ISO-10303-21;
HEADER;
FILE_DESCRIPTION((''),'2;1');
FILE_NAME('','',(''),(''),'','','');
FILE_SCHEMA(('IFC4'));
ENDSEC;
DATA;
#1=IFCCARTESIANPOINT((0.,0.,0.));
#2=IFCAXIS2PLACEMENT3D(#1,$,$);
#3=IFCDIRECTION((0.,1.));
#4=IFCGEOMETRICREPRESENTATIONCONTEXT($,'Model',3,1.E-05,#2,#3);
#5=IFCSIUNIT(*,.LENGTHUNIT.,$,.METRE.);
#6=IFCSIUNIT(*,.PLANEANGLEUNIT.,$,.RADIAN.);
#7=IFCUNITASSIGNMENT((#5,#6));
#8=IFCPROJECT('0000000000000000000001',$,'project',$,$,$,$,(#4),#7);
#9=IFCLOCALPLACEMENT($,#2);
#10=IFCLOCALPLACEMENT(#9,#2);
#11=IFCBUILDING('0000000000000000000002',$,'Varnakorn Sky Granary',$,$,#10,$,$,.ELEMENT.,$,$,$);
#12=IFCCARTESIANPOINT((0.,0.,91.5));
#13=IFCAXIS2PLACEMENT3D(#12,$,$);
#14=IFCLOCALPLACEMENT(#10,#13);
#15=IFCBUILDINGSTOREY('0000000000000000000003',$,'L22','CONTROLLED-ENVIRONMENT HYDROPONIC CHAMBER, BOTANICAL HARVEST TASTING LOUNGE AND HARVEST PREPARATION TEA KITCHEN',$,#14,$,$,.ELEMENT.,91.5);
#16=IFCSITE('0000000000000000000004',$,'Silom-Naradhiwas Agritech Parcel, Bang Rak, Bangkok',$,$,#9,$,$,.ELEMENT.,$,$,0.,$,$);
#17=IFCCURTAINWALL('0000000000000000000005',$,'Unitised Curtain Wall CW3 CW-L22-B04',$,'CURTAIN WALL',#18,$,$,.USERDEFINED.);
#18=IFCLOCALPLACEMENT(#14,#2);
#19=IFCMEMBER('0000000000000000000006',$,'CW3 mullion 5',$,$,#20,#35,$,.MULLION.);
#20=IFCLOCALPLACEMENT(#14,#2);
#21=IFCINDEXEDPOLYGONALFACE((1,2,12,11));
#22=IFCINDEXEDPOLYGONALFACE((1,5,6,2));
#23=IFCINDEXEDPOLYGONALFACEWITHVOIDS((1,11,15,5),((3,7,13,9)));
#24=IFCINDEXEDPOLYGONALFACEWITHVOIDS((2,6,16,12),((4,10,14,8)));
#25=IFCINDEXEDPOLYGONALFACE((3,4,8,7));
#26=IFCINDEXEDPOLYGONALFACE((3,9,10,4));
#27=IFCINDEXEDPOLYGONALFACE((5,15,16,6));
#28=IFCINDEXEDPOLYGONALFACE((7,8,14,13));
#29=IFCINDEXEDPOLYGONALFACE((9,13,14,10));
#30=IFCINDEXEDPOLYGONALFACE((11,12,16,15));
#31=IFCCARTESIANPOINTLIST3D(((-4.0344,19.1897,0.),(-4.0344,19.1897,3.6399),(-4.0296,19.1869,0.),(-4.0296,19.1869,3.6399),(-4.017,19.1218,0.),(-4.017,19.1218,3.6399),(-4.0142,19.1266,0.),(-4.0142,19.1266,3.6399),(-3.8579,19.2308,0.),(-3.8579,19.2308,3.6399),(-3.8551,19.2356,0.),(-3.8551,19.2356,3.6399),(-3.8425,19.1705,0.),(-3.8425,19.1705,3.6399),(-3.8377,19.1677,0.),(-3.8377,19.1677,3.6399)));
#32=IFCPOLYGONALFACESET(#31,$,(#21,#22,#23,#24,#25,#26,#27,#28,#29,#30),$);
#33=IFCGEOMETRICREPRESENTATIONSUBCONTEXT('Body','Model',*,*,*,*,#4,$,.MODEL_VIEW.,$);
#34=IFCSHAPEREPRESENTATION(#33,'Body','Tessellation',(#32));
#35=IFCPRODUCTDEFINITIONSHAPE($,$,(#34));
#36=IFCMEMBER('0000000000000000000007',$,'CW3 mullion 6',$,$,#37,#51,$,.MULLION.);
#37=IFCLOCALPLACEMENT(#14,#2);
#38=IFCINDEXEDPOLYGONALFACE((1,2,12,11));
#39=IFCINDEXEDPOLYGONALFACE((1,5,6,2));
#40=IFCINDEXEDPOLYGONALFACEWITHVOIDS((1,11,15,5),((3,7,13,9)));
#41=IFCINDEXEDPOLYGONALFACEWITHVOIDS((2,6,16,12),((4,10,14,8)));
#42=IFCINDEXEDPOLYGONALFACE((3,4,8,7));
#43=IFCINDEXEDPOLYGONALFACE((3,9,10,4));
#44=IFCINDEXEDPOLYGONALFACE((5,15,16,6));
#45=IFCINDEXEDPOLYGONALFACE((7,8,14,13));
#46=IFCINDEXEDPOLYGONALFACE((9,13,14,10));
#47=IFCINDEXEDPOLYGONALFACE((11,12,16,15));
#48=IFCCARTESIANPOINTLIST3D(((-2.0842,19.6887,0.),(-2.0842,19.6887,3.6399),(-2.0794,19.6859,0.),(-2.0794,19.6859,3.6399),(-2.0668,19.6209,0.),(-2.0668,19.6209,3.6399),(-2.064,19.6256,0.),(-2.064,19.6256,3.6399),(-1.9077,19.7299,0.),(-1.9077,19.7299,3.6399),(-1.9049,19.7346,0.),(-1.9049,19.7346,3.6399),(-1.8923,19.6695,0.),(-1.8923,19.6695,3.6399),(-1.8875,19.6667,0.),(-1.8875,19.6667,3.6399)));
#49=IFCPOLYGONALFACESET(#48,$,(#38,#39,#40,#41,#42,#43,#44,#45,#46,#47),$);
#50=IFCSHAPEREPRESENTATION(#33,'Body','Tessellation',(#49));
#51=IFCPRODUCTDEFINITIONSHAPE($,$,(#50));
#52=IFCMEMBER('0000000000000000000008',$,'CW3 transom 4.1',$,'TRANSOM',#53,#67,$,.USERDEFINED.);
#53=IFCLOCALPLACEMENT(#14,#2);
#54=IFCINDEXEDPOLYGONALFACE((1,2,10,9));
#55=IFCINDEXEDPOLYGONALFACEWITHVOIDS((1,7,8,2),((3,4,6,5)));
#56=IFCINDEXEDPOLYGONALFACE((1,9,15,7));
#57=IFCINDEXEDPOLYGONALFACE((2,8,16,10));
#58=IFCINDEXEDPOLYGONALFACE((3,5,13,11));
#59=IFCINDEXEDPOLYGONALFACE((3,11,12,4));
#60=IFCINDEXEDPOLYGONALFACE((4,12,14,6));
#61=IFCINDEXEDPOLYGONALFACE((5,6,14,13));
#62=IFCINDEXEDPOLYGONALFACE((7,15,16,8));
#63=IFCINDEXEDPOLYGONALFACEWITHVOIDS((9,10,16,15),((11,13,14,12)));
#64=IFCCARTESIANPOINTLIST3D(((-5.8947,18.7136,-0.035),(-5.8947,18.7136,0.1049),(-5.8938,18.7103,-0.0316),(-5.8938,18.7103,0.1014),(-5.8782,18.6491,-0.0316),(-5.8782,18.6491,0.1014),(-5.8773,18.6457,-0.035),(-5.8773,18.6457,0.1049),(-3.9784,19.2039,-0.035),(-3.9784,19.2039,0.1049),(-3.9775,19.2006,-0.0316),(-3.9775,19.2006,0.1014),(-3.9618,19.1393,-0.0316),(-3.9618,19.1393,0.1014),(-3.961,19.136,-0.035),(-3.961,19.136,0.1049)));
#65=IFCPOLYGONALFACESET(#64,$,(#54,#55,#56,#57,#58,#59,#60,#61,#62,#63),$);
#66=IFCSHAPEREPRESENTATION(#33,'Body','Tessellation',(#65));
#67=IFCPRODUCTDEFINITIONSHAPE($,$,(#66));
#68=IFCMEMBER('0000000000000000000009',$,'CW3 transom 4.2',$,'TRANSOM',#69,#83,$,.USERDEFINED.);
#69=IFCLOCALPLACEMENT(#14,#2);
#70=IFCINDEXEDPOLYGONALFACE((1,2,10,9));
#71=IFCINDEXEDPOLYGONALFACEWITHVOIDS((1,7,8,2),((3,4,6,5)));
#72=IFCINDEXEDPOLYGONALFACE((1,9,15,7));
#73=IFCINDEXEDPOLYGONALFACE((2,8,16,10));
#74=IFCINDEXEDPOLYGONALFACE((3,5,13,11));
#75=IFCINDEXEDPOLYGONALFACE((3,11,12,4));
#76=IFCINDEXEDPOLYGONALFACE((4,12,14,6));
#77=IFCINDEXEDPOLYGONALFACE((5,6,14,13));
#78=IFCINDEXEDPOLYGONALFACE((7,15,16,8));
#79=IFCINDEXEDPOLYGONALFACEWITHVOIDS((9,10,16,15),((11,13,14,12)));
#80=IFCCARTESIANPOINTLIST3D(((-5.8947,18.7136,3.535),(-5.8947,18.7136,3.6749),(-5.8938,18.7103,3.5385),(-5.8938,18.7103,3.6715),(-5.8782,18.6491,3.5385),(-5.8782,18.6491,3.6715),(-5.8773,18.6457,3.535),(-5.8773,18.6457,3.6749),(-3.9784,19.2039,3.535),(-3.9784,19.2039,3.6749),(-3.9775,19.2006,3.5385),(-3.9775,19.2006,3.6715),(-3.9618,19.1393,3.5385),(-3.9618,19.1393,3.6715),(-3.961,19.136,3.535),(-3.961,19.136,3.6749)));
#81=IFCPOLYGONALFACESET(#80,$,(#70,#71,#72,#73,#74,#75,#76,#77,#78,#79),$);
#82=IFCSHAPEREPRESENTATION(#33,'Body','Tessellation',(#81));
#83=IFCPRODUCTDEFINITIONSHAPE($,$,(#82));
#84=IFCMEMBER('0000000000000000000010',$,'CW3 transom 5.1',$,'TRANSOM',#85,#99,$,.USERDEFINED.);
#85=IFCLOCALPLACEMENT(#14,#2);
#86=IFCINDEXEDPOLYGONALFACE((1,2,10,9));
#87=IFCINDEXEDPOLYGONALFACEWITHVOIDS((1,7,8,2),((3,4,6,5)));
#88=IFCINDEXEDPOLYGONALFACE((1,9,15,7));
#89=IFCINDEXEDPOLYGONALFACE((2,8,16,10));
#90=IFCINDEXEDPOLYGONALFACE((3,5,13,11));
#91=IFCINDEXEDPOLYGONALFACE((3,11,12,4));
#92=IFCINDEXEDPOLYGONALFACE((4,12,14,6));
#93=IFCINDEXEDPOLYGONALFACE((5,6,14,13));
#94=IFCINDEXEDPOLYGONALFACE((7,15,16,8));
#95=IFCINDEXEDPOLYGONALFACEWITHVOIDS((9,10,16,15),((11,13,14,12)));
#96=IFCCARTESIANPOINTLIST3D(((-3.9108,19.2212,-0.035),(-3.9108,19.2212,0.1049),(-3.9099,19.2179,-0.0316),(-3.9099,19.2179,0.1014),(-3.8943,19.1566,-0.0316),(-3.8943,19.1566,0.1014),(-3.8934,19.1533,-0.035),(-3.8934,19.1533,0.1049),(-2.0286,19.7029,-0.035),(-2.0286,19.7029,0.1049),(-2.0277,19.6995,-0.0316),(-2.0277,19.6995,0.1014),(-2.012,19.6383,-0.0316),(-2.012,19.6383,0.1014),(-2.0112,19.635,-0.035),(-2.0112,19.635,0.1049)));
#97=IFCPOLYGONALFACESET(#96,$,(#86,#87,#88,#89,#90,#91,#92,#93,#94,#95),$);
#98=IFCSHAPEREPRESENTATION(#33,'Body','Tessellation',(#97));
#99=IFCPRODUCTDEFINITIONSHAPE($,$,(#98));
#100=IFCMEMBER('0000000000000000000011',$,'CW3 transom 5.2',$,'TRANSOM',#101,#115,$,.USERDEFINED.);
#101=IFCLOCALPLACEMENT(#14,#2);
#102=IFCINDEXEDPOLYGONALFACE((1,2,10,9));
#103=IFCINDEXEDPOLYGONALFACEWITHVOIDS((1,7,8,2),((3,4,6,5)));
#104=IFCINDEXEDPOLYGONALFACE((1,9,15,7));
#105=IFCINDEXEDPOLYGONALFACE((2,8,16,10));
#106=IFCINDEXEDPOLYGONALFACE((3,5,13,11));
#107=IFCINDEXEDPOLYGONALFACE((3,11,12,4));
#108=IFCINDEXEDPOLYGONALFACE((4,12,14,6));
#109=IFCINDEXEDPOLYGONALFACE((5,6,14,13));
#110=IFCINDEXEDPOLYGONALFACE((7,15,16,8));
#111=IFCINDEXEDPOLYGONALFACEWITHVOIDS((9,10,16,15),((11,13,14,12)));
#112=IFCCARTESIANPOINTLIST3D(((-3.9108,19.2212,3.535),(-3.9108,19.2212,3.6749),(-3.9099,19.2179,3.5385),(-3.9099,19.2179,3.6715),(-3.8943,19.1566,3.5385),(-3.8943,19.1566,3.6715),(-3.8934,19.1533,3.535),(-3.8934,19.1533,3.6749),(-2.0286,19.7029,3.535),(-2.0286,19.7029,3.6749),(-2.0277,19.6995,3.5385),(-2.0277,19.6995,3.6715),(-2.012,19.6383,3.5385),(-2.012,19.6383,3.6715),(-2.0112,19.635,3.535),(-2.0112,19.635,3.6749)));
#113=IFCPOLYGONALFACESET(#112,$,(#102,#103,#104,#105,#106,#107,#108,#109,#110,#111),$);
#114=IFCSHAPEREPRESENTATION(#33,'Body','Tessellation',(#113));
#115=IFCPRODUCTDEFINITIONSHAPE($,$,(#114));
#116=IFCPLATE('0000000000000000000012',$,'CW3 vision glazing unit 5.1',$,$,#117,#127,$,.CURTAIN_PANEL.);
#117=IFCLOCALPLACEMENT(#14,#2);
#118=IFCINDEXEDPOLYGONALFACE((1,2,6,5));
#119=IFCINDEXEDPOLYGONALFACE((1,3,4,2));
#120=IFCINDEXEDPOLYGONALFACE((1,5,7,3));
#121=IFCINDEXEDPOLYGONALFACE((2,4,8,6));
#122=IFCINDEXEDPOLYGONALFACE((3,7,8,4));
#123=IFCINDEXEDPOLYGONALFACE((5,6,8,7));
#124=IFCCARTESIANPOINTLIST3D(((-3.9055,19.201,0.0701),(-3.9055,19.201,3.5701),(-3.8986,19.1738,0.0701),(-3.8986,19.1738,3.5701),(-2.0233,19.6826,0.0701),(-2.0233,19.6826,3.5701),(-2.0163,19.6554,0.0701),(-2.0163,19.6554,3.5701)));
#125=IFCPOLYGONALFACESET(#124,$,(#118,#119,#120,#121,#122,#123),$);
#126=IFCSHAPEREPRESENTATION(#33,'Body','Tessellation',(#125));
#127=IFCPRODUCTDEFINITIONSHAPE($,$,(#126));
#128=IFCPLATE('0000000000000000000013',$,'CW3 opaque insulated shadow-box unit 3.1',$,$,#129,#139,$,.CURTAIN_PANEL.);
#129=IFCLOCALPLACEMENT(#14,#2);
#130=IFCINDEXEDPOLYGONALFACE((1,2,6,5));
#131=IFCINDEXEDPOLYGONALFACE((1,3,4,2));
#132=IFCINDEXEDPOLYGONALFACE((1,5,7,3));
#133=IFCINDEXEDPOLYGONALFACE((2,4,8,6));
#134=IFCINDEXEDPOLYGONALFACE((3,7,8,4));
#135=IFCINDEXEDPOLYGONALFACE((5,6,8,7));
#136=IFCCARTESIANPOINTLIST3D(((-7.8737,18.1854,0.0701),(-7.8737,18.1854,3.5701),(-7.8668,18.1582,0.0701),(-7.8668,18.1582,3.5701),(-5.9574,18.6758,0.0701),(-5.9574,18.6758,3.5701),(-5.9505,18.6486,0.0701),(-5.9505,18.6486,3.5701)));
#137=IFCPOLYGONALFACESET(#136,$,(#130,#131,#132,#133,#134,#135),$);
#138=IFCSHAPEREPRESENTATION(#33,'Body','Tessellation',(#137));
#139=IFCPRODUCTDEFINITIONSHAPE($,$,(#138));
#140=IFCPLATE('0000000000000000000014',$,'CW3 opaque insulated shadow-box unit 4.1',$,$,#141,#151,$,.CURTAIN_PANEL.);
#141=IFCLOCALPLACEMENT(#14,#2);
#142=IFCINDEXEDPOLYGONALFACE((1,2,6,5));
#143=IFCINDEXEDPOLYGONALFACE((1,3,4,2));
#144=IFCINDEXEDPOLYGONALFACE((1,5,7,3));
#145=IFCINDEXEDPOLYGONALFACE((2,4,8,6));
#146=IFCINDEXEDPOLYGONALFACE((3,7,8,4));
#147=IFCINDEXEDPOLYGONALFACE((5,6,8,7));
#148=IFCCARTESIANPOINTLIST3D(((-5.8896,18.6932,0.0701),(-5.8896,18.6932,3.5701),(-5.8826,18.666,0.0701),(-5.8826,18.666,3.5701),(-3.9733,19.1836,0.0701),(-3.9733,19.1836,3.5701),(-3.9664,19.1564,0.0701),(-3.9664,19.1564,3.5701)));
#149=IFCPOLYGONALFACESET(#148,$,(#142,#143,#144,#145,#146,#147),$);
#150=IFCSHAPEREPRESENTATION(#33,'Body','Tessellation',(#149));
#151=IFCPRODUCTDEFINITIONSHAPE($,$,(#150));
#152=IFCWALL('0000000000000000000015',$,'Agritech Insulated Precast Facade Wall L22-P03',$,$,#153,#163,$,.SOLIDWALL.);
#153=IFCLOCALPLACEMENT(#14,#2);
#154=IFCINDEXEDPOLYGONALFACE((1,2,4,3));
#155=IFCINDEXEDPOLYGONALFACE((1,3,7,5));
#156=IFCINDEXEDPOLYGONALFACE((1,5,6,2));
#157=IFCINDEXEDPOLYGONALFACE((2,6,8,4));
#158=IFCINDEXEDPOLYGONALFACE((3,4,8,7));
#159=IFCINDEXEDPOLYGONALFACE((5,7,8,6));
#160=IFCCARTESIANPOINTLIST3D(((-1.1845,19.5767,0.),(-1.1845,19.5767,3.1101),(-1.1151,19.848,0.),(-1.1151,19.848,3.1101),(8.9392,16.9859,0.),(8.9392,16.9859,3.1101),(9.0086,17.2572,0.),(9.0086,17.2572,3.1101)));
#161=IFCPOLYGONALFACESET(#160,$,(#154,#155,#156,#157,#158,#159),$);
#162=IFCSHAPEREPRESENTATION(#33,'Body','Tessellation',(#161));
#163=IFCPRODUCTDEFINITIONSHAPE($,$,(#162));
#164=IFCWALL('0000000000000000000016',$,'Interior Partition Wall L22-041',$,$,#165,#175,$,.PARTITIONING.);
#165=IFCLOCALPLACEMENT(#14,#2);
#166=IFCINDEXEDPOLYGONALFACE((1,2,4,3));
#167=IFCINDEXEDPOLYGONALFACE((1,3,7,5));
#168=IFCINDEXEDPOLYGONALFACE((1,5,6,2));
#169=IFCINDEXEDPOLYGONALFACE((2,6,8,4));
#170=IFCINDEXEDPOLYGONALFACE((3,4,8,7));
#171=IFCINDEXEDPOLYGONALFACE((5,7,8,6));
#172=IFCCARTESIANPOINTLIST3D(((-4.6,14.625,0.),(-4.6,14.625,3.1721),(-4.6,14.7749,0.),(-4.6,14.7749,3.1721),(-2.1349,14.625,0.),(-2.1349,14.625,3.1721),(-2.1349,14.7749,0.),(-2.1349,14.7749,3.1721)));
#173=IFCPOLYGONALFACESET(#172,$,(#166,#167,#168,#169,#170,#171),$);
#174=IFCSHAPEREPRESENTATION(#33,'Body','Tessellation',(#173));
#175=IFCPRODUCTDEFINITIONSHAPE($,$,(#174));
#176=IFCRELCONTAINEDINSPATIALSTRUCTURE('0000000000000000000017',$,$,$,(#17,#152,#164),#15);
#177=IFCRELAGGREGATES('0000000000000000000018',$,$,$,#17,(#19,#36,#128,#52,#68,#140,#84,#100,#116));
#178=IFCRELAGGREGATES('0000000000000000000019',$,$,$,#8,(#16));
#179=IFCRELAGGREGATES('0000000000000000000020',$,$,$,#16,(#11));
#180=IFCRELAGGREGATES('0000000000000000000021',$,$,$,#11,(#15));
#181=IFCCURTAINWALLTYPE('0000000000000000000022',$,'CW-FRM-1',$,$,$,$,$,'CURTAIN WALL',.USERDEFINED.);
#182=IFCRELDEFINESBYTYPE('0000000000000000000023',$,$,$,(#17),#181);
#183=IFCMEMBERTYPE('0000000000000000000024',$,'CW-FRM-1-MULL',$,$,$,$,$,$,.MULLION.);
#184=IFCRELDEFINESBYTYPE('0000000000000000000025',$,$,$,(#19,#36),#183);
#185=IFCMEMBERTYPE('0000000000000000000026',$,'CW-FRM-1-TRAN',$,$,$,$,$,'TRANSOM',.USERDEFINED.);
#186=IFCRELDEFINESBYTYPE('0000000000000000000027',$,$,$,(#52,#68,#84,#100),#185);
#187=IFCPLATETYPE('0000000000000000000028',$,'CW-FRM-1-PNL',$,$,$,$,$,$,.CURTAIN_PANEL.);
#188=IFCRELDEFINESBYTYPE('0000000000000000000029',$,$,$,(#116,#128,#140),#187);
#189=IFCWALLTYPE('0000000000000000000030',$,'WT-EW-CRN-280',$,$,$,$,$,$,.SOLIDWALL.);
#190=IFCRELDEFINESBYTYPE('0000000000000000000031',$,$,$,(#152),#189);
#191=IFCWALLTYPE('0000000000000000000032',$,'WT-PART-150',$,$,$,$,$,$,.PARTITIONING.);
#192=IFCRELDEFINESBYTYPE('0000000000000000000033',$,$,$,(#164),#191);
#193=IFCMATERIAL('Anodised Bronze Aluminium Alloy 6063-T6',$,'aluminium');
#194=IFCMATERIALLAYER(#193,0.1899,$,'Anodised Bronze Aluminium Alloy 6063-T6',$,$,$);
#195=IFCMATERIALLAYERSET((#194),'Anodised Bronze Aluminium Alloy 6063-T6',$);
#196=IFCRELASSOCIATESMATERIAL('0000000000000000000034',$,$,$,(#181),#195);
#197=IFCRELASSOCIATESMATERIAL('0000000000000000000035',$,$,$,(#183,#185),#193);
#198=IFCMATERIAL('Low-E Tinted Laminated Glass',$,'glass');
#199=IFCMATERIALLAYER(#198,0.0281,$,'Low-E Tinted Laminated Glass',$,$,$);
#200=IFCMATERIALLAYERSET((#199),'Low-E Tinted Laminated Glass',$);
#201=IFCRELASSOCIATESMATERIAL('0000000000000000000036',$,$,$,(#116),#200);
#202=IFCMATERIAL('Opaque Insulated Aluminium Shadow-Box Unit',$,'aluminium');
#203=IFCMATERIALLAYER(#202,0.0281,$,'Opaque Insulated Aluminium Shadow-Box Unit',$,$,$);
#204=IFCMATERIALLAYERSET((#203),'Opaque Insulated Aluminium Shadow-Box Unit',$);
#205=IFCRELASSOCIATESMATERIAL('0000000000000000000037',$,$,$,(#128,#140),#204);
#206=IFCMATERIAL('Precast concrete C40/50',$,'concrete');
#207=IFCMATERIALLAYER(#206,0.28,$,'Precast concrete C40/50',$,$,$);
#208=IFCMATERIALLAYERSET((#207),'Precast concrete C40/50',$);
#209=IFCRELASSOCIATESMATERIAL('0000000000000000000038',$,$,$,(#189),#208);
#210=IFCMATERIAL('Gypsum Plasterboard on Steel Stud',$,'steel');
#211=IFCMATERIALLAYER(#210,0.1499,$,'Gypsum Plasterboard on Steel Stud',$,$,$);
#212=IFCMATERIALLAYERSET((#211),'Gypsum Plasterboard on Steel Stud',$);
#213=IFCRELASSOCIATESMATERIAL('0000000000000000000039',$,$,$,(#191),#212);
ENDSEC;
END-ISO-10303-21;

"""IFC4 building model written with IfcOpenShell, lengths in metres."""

from ifc_helpers import new_model, si_unit, direction, frame, frame_2d, origin, origin_2d, place, context, subcontext, project, spatial, rectangle, hollow_rectangle, extrude, source, transform, mapped, material, layer, layer_set, material_profile, profile_set, type_object, type_shapes, element, aggregate, save


model = new_model("IFC4")

# Units and contexts
model_context = context("Model", 3, precision=1e-05, world=origin(), true_north=direction((0.0, 1.0)))
body_context = subcontext(model_context, "Body", "Model", "MODEL_VIEW")
ifc_project = project(units=[si_unit("LENGTHUNIT", "METRE"), si_unit("PLANEANGLEUNIT", "RADIAN")], contexts=[model_context])

# Site, building, storey
site_placement = place(None, origin())
site = spatial("IfcSite", under=ifc_project, at=site_placement, Name="Silom-Naradhiwas Agritech Parcel, Bang Rak, Bangkok", CompositionType="ELEMENT", RefElevation=0.0)
building_placement = place(site_placement, origin())
building = spatial("IfcBuilding", under=site, at=building_placement, Name="Varnakorn Sky Granary", CompositionType="ELEMENT")
storey_placement = place(building_placement, frame((0.0, 0.0, 91.5)))
storey = spatial("IfcBuildingStorey", under=building, at=storey_placement, Name="L22", Description="CONTROLLED-ENVIRONMENT HYDROPONIC CHAMBER, BOTANICAL HARVEST TASTING LOUNGE AND HARVEST PREPARATION TEA KITCHEN", CompositionType="ELEMENT", Elevation=91.5)

# Curtain wall, members, plates
ifc_material_1 = material(Name="Anodised Bronze Aluminium Alloy 6063-T6", Category="aluminium")
ifc_layer_1 = layer(ifc_material_1, 0.1899, Name="Anodised Bronze Aluminium Alloy 6063-T6")
ifc_layer_set_1 = layer_set([ifc_layer_1], Name="Anodised Bronze Aluminium Alloy 6063-T6")
curtain_wall_type = type_object("IfcCurtainWallType", Name="CW-FRM-1", ElementType="CURTAIN WALL", PredefinedType="USERDEFINED", material=ifc_layer_set_1)
curtain_wall_placement = place(storey_placement, origin())
curtain_wall = element("IfcCurtainWall", 1, at=curtain_wall_placement, inside=storey, type_object=curtain_wall_type, Name="Unitised Curtain Wall CW3 CW-L22-B04", ObjectType="CURTAIN WALL", PredefinedType="USERDEFINED")
ifc_material_profile_1 = material_profile(ifc_material_1, hollow_rectangle(XDim=0.0701, YDim=0.1851, WallThickness=0.0039, at=origin_2d()), Name="ALU MULL 70x185")
ifc_profile_set_1 = profile_set([ifc_material_profile_1], Name="Anodised Bronze Aluminium Alloy 6063-T6")
member_type_1 = type_object("IfcMemberType", Name="CW-FRM-1-MULL", PredefinedType="MULLION", material=ifc_profile_set_1)
member_1_placement = place(storey_placement, frame((-3.936, 19.1787, 0.0), z_axis=(0.0, 0.0, 1.0), x_axis=(-0.247904, 0.968785, 0.0)))
member_1 = element("IfcMember", 2, at=member_1_placement, type_object=member_type_1, Name="CW3 mullion 5", PredefinedType="MULLION", context=body_context, shape_type="SweptSolid", body=[
    extrude(hollow_rectangle(XDim=0.0701, YDim=0.1851, WallThickness=0.0039, at=origin_2d()), origin(), (0.0, 0.0, 1.0), 3.6399),
])
member_2_placement = place(storey_placement, frame((-1.9858, 19.6777, 0.0), z_axis=(0.0, 0.0, 1.0), x_axis=(-0.247904, 0.968785, 0.0)))
member_2 = element("IfcMember", 3, at=member_2_placement, type_object=member_type_1, Name="CW3 mullion 6", PredefinedType="MULLION", context=body_context, shape_type="SweptSolid", body=[
    extrude(hollow_rectangle(XDim=0.0701, YDim=0.1851, WallThickness=0.0039, at=origin_2d()), origin(), (0.0, 0.0, 1.0), 3.6399),
])
ifc_material_profile_2 = material_profile(ifc_material_1, hollow_rectangle(XDim=0.0701, YDim=0.1399, WallThickness=0.0034, at=origin_2d()), Name="ALU TRAN 70x140")
ifc_profile_set_2 = profile_set([ifc_material_profile_2], Name="Anodised Bronze Aluminium Alloy 6063-T6")
member_type_2 = type_object("IfcMemberType", Name="CW-FRM-1-TRAN", ElementType="TRANSOM", PredefinedType="USERDEFINED", material=ifc_profile_set_2)
member_3_placement = place(storey_placement, frame((-5.886, 18.6797, 0.0349), z_axis=(0.968799, 0.247847, 0.0), x_axis=(-0.247847, 0.968799, 0.0)))
member_3 = element("IfcMember", 4, at=member_3_placement, type_object=member_type_2, Name="CW3 transom 4.1", ObjectType="TRANSOM", PredefinedType="USERDEFINED", context=body_context, shape_type="SweptSolid", body=[
    extrude(hollow_rectangle(XDim=0.0701, YDim=0.1399, WallThickness=0.0034, at=origin_2d()), origin(), (0.0, 0.0, 1.0), 1.978),
])
member_4_placement = place(storey_placement, frame((-5.886, 18.6797, 3.605), z_axis=(0.968799, 0.247847, 0.0), x_axis=(-0.247847, 0.968799, 0.0)))
member_4 = element("IfcMember", 5, at=member_4_placement, type_object=member_type_2, Name="CW3 transom 4.2", ObjectType="TRANSOM", PredefinedType="USERDEFINED", context=body_context, shape_type="SweptSolid", body=[
    extrude(hollow_rectangle(XDim=0.0701, YDim=0.1399, WallThickness=0.0034, at=origin_2d()), origin(), (0.0, 0.0, 1.0), 1.978),
])
member_5_placement = place(storey_placement, frame((-3.9021, 19.1873, 0.0349), z_axis=(0.968782, 0.247913, 0.0), x_axis=(-0.247913, 0.968782, 0.0)))
member_5 = element("IfcMember", 6, at=member_5_placement, type_object=member_type_2, Name="CW3 transom 5.1", ObjectType="TRANSOM", PredefinedType="USERDEFINED", context=body_context, shape_type="SweptSolid", body=[
    extrude(hollow_rectangle(XDim=0.0701, YDim=0.1399, WallThickness=0.0034, at=origin_2d()), origin(), (0.0, 0.0, 1.0), 1.9429),
])
member_6_placement = place(storey_placement, frame((-3.9021, 19.1873, 3.605), z_axis=(0.968782, 0.247913, 0.0), x_axis=(-0.247913, 0.968782, 0.0)))
member_6 = element("IfcMember", 7, at=member_6_placement, type_object=member_type_2, Name="CW3 transom 5.2", ObjectType="TRANSOM", PredefinedType="USERDEFINED", context=body_context, shape_type="SweptSolid", body=[
    extrude(hollow_rectangle(XDim=0.0701, YDim=0.1399, WallThickness=0.0034, at=origin_2d()), origin(), (0.0, 0.0, 1.0), 1.9429),
])
ifc_material_2 = material(Name="Low-E Tinted Laminated Glass", Category="glass")
ifc_layer_2 = layer(ifc_material_2, 0.0281, Name="Low-E Tinted Laminated Glass")
ifc_layer_set_2 = layer_set([ifc_layer_2], Name="Low-E Tinted Laminated Glass")
plate_type = type_object("IfcPlateType", Name="CW-FRM-1-PNL", PredefinedType="CURTAIN_PANEL")
shared_shape_1 = source(origin(), body_context, "Body", "SweptSolid", [
    extrude(rectangle(XDim=1.9429, YDim=0.0281, at=origin_2d()), origin(), (0.0, 0.0, 1.0), 3.5),
])
plate_1_placement = place(storey_placement, frame((-2.9609, 19.4282, 0.0701), z_axis=(0.0, 0.0, 1.0), x_axis=(0.968785, 0.247904, 0.0)))
plate_1 = element("IfcPlate", 8, at=plate_1_placement, type_object=plate_type, material=ifc_layer_set_2, Name="CW3 vision glazing unit 5.1", PredefinedType="CURTAIN_PANEL", context=body_context, shape_type="MappedRepresentation", body=[
    mapped(shared_shape_1, transform((0.0, 0.0, 0.0), x_axis=(1.0, 0.0, 0.0), y_axis=(0.0, 1.0, 0.0), z_axis=(0.0, 0.0, 1.0), scale=1.0)),
])
ifc_material_3 = material(Name="Opaque Insulated Aluminium Shadow-Box Unit", Category="aluminium")
ifc_layer_3 = layer(ifc_material_3, 0.0281, Name="Opaque Insulated Aluminium Shadow-Box Unit")
ifc_layer_set_3 = layer_set([ifc_layer_3], Name="Opaque Insulated Aluminium Shadow-Box Unit")
shared_shape_2 = source(origin(), body_context, "Body", "SweptSolid", [
    extrude(rectangle(XDim=1.978, YDim=0.0281, at=origin_2d()), origin(), (0.0, 0.0, 1.0), 3.5),
])
type_shapes(plate_type, [shared_shape_1, shared_shape_2])
plate_2_placement = place(storey_placement, frame((-6.9121, 18.417, 0.0701), z_axis=(0.0, 0.0, 1.0), x_axis=(0.968785, 0.247904, 0.0)))
plate_2 = element("IfcPlate", 9, at=plate_2_placement, type_object=plate_type, material=ifc_layer_set_3, Name="CW3 opaque insulated shadow-box unit 3.1", PredefinedType="CURTAIN_PANEL", context=body_context, shape_type="MappedRepresentation", body=[
    mapped(shared_shape_2, transform((0.0, 0.0, 0.0), x_axis=(1.0, 0.0, 0.0), y_axis=(0.0, 1.0, 0.0), z_axis=(0.0, 0.0, 1.0), scale=1.0)),
])
plate_3_placement = place(storey_placement, frame((-4.928, 18.9248, 0.0701), z_axis=(0.0, 0.0, 1.0), x_axis=(0.968785, 0.247904, 0.0)))
plate_3 = element("IfcPlate", 10, at=plate_3_placement, type_object=plate_type, material=ifc_layer_set_3, Name="CW3 opaque insulated shadow-box unit 4.1", PredefinedType="CURTAIN_PANEL", context=body_context, shape_type="MappedRepresentation", body=[
    mapped(shared_shape_2, transform((0.0, 0.0, 0.0), x_axis=(1.0, 0.0, 0.0), y_axis=(0.0, 1.0, 0.0), z_axis=(0.0, 0.0, 1.0), scale=1.0)),
])
aggregate(curtain_wall, [member_1, member_2, plate_2, member_3, member_4, plate_3, member_5, member_6, plate_1])

# Walls
ifc_material_4 = material(Name="Precast concrete C40/50", Category="concrete")
ifc_layer_4 = layer(ifc_material_4, 0.28, Name="Precast concrete C40/50")
ifc_layer_set_4 = layer_set([ifc_layer_4], Name="Precast concrete C40/50")
wall_type_1 = type_object("IfcWallType", Name="WT-EW-CRN-280", PredefinedType="SOLIDWALL", material=ifc_layer_set_4)
wall_1_placement = place(storey_placement, frame((-1.1499, 19.7124, 0.0), z_axis=(0.0, 0.0, 1.0), x_axis=(0.968779, -0.247925, 0.0)))
element("IfcWall", 11, at=wall_1_placement, inside=storey, type_object=wall_type_1, Name="Agritech Insulated Precast Facade Wall L22-P03", PredefinedType="SOLIDWALL", context=body_context, shape_type="SweptSolid", body=[
    extrude(rectangle(XDim=10.45, YDim=0.28, at=frame_2d((5.2251, 0.0))), origin(), (0.0, 0.0, 1.0), 3.1101),
])
ifc_material_5 = material(Name="Gypsum Plasterboard on Steel Stud", Category="steel")
ifc_layer_5 = layer(ifc_material_5, 0.1499, Name="Gypsum Plasterboard on Steel Stud")
ifc_layer_set_5 = layer_set([ifc_layer_5], Name="Gypsum Plasterboard on Steel Stud")
wall_type_2 = type_object("IfcWallType", Name="WT-PART-150", PredefinedType="PARTITIONING", material=ifc_layer_set_5)
wall_2_placement = place(storey_placement, frame((-2.135, 14.7, 0.0), z_axis=(0.0, 0.0, 1.0), x_axis=(-1.0, 0.0, 0.0)))
element("IfcWall", 12, at=wall_2_placement, inside=storey, type_object=wall_type_2, Name="Interior Partition Wall L22-041", PredefinedType="PARTITIONING", context=body_context, shape_type="SweptSolid", body=[
    extrude(rectangle(XDim=2.4651, YDim=0.1499, at=frame_2d((1.2324, 0.0))), origin(), (0.0, 0.0, 1.0), 3.1721),
])

save(model, "model.ifc")
